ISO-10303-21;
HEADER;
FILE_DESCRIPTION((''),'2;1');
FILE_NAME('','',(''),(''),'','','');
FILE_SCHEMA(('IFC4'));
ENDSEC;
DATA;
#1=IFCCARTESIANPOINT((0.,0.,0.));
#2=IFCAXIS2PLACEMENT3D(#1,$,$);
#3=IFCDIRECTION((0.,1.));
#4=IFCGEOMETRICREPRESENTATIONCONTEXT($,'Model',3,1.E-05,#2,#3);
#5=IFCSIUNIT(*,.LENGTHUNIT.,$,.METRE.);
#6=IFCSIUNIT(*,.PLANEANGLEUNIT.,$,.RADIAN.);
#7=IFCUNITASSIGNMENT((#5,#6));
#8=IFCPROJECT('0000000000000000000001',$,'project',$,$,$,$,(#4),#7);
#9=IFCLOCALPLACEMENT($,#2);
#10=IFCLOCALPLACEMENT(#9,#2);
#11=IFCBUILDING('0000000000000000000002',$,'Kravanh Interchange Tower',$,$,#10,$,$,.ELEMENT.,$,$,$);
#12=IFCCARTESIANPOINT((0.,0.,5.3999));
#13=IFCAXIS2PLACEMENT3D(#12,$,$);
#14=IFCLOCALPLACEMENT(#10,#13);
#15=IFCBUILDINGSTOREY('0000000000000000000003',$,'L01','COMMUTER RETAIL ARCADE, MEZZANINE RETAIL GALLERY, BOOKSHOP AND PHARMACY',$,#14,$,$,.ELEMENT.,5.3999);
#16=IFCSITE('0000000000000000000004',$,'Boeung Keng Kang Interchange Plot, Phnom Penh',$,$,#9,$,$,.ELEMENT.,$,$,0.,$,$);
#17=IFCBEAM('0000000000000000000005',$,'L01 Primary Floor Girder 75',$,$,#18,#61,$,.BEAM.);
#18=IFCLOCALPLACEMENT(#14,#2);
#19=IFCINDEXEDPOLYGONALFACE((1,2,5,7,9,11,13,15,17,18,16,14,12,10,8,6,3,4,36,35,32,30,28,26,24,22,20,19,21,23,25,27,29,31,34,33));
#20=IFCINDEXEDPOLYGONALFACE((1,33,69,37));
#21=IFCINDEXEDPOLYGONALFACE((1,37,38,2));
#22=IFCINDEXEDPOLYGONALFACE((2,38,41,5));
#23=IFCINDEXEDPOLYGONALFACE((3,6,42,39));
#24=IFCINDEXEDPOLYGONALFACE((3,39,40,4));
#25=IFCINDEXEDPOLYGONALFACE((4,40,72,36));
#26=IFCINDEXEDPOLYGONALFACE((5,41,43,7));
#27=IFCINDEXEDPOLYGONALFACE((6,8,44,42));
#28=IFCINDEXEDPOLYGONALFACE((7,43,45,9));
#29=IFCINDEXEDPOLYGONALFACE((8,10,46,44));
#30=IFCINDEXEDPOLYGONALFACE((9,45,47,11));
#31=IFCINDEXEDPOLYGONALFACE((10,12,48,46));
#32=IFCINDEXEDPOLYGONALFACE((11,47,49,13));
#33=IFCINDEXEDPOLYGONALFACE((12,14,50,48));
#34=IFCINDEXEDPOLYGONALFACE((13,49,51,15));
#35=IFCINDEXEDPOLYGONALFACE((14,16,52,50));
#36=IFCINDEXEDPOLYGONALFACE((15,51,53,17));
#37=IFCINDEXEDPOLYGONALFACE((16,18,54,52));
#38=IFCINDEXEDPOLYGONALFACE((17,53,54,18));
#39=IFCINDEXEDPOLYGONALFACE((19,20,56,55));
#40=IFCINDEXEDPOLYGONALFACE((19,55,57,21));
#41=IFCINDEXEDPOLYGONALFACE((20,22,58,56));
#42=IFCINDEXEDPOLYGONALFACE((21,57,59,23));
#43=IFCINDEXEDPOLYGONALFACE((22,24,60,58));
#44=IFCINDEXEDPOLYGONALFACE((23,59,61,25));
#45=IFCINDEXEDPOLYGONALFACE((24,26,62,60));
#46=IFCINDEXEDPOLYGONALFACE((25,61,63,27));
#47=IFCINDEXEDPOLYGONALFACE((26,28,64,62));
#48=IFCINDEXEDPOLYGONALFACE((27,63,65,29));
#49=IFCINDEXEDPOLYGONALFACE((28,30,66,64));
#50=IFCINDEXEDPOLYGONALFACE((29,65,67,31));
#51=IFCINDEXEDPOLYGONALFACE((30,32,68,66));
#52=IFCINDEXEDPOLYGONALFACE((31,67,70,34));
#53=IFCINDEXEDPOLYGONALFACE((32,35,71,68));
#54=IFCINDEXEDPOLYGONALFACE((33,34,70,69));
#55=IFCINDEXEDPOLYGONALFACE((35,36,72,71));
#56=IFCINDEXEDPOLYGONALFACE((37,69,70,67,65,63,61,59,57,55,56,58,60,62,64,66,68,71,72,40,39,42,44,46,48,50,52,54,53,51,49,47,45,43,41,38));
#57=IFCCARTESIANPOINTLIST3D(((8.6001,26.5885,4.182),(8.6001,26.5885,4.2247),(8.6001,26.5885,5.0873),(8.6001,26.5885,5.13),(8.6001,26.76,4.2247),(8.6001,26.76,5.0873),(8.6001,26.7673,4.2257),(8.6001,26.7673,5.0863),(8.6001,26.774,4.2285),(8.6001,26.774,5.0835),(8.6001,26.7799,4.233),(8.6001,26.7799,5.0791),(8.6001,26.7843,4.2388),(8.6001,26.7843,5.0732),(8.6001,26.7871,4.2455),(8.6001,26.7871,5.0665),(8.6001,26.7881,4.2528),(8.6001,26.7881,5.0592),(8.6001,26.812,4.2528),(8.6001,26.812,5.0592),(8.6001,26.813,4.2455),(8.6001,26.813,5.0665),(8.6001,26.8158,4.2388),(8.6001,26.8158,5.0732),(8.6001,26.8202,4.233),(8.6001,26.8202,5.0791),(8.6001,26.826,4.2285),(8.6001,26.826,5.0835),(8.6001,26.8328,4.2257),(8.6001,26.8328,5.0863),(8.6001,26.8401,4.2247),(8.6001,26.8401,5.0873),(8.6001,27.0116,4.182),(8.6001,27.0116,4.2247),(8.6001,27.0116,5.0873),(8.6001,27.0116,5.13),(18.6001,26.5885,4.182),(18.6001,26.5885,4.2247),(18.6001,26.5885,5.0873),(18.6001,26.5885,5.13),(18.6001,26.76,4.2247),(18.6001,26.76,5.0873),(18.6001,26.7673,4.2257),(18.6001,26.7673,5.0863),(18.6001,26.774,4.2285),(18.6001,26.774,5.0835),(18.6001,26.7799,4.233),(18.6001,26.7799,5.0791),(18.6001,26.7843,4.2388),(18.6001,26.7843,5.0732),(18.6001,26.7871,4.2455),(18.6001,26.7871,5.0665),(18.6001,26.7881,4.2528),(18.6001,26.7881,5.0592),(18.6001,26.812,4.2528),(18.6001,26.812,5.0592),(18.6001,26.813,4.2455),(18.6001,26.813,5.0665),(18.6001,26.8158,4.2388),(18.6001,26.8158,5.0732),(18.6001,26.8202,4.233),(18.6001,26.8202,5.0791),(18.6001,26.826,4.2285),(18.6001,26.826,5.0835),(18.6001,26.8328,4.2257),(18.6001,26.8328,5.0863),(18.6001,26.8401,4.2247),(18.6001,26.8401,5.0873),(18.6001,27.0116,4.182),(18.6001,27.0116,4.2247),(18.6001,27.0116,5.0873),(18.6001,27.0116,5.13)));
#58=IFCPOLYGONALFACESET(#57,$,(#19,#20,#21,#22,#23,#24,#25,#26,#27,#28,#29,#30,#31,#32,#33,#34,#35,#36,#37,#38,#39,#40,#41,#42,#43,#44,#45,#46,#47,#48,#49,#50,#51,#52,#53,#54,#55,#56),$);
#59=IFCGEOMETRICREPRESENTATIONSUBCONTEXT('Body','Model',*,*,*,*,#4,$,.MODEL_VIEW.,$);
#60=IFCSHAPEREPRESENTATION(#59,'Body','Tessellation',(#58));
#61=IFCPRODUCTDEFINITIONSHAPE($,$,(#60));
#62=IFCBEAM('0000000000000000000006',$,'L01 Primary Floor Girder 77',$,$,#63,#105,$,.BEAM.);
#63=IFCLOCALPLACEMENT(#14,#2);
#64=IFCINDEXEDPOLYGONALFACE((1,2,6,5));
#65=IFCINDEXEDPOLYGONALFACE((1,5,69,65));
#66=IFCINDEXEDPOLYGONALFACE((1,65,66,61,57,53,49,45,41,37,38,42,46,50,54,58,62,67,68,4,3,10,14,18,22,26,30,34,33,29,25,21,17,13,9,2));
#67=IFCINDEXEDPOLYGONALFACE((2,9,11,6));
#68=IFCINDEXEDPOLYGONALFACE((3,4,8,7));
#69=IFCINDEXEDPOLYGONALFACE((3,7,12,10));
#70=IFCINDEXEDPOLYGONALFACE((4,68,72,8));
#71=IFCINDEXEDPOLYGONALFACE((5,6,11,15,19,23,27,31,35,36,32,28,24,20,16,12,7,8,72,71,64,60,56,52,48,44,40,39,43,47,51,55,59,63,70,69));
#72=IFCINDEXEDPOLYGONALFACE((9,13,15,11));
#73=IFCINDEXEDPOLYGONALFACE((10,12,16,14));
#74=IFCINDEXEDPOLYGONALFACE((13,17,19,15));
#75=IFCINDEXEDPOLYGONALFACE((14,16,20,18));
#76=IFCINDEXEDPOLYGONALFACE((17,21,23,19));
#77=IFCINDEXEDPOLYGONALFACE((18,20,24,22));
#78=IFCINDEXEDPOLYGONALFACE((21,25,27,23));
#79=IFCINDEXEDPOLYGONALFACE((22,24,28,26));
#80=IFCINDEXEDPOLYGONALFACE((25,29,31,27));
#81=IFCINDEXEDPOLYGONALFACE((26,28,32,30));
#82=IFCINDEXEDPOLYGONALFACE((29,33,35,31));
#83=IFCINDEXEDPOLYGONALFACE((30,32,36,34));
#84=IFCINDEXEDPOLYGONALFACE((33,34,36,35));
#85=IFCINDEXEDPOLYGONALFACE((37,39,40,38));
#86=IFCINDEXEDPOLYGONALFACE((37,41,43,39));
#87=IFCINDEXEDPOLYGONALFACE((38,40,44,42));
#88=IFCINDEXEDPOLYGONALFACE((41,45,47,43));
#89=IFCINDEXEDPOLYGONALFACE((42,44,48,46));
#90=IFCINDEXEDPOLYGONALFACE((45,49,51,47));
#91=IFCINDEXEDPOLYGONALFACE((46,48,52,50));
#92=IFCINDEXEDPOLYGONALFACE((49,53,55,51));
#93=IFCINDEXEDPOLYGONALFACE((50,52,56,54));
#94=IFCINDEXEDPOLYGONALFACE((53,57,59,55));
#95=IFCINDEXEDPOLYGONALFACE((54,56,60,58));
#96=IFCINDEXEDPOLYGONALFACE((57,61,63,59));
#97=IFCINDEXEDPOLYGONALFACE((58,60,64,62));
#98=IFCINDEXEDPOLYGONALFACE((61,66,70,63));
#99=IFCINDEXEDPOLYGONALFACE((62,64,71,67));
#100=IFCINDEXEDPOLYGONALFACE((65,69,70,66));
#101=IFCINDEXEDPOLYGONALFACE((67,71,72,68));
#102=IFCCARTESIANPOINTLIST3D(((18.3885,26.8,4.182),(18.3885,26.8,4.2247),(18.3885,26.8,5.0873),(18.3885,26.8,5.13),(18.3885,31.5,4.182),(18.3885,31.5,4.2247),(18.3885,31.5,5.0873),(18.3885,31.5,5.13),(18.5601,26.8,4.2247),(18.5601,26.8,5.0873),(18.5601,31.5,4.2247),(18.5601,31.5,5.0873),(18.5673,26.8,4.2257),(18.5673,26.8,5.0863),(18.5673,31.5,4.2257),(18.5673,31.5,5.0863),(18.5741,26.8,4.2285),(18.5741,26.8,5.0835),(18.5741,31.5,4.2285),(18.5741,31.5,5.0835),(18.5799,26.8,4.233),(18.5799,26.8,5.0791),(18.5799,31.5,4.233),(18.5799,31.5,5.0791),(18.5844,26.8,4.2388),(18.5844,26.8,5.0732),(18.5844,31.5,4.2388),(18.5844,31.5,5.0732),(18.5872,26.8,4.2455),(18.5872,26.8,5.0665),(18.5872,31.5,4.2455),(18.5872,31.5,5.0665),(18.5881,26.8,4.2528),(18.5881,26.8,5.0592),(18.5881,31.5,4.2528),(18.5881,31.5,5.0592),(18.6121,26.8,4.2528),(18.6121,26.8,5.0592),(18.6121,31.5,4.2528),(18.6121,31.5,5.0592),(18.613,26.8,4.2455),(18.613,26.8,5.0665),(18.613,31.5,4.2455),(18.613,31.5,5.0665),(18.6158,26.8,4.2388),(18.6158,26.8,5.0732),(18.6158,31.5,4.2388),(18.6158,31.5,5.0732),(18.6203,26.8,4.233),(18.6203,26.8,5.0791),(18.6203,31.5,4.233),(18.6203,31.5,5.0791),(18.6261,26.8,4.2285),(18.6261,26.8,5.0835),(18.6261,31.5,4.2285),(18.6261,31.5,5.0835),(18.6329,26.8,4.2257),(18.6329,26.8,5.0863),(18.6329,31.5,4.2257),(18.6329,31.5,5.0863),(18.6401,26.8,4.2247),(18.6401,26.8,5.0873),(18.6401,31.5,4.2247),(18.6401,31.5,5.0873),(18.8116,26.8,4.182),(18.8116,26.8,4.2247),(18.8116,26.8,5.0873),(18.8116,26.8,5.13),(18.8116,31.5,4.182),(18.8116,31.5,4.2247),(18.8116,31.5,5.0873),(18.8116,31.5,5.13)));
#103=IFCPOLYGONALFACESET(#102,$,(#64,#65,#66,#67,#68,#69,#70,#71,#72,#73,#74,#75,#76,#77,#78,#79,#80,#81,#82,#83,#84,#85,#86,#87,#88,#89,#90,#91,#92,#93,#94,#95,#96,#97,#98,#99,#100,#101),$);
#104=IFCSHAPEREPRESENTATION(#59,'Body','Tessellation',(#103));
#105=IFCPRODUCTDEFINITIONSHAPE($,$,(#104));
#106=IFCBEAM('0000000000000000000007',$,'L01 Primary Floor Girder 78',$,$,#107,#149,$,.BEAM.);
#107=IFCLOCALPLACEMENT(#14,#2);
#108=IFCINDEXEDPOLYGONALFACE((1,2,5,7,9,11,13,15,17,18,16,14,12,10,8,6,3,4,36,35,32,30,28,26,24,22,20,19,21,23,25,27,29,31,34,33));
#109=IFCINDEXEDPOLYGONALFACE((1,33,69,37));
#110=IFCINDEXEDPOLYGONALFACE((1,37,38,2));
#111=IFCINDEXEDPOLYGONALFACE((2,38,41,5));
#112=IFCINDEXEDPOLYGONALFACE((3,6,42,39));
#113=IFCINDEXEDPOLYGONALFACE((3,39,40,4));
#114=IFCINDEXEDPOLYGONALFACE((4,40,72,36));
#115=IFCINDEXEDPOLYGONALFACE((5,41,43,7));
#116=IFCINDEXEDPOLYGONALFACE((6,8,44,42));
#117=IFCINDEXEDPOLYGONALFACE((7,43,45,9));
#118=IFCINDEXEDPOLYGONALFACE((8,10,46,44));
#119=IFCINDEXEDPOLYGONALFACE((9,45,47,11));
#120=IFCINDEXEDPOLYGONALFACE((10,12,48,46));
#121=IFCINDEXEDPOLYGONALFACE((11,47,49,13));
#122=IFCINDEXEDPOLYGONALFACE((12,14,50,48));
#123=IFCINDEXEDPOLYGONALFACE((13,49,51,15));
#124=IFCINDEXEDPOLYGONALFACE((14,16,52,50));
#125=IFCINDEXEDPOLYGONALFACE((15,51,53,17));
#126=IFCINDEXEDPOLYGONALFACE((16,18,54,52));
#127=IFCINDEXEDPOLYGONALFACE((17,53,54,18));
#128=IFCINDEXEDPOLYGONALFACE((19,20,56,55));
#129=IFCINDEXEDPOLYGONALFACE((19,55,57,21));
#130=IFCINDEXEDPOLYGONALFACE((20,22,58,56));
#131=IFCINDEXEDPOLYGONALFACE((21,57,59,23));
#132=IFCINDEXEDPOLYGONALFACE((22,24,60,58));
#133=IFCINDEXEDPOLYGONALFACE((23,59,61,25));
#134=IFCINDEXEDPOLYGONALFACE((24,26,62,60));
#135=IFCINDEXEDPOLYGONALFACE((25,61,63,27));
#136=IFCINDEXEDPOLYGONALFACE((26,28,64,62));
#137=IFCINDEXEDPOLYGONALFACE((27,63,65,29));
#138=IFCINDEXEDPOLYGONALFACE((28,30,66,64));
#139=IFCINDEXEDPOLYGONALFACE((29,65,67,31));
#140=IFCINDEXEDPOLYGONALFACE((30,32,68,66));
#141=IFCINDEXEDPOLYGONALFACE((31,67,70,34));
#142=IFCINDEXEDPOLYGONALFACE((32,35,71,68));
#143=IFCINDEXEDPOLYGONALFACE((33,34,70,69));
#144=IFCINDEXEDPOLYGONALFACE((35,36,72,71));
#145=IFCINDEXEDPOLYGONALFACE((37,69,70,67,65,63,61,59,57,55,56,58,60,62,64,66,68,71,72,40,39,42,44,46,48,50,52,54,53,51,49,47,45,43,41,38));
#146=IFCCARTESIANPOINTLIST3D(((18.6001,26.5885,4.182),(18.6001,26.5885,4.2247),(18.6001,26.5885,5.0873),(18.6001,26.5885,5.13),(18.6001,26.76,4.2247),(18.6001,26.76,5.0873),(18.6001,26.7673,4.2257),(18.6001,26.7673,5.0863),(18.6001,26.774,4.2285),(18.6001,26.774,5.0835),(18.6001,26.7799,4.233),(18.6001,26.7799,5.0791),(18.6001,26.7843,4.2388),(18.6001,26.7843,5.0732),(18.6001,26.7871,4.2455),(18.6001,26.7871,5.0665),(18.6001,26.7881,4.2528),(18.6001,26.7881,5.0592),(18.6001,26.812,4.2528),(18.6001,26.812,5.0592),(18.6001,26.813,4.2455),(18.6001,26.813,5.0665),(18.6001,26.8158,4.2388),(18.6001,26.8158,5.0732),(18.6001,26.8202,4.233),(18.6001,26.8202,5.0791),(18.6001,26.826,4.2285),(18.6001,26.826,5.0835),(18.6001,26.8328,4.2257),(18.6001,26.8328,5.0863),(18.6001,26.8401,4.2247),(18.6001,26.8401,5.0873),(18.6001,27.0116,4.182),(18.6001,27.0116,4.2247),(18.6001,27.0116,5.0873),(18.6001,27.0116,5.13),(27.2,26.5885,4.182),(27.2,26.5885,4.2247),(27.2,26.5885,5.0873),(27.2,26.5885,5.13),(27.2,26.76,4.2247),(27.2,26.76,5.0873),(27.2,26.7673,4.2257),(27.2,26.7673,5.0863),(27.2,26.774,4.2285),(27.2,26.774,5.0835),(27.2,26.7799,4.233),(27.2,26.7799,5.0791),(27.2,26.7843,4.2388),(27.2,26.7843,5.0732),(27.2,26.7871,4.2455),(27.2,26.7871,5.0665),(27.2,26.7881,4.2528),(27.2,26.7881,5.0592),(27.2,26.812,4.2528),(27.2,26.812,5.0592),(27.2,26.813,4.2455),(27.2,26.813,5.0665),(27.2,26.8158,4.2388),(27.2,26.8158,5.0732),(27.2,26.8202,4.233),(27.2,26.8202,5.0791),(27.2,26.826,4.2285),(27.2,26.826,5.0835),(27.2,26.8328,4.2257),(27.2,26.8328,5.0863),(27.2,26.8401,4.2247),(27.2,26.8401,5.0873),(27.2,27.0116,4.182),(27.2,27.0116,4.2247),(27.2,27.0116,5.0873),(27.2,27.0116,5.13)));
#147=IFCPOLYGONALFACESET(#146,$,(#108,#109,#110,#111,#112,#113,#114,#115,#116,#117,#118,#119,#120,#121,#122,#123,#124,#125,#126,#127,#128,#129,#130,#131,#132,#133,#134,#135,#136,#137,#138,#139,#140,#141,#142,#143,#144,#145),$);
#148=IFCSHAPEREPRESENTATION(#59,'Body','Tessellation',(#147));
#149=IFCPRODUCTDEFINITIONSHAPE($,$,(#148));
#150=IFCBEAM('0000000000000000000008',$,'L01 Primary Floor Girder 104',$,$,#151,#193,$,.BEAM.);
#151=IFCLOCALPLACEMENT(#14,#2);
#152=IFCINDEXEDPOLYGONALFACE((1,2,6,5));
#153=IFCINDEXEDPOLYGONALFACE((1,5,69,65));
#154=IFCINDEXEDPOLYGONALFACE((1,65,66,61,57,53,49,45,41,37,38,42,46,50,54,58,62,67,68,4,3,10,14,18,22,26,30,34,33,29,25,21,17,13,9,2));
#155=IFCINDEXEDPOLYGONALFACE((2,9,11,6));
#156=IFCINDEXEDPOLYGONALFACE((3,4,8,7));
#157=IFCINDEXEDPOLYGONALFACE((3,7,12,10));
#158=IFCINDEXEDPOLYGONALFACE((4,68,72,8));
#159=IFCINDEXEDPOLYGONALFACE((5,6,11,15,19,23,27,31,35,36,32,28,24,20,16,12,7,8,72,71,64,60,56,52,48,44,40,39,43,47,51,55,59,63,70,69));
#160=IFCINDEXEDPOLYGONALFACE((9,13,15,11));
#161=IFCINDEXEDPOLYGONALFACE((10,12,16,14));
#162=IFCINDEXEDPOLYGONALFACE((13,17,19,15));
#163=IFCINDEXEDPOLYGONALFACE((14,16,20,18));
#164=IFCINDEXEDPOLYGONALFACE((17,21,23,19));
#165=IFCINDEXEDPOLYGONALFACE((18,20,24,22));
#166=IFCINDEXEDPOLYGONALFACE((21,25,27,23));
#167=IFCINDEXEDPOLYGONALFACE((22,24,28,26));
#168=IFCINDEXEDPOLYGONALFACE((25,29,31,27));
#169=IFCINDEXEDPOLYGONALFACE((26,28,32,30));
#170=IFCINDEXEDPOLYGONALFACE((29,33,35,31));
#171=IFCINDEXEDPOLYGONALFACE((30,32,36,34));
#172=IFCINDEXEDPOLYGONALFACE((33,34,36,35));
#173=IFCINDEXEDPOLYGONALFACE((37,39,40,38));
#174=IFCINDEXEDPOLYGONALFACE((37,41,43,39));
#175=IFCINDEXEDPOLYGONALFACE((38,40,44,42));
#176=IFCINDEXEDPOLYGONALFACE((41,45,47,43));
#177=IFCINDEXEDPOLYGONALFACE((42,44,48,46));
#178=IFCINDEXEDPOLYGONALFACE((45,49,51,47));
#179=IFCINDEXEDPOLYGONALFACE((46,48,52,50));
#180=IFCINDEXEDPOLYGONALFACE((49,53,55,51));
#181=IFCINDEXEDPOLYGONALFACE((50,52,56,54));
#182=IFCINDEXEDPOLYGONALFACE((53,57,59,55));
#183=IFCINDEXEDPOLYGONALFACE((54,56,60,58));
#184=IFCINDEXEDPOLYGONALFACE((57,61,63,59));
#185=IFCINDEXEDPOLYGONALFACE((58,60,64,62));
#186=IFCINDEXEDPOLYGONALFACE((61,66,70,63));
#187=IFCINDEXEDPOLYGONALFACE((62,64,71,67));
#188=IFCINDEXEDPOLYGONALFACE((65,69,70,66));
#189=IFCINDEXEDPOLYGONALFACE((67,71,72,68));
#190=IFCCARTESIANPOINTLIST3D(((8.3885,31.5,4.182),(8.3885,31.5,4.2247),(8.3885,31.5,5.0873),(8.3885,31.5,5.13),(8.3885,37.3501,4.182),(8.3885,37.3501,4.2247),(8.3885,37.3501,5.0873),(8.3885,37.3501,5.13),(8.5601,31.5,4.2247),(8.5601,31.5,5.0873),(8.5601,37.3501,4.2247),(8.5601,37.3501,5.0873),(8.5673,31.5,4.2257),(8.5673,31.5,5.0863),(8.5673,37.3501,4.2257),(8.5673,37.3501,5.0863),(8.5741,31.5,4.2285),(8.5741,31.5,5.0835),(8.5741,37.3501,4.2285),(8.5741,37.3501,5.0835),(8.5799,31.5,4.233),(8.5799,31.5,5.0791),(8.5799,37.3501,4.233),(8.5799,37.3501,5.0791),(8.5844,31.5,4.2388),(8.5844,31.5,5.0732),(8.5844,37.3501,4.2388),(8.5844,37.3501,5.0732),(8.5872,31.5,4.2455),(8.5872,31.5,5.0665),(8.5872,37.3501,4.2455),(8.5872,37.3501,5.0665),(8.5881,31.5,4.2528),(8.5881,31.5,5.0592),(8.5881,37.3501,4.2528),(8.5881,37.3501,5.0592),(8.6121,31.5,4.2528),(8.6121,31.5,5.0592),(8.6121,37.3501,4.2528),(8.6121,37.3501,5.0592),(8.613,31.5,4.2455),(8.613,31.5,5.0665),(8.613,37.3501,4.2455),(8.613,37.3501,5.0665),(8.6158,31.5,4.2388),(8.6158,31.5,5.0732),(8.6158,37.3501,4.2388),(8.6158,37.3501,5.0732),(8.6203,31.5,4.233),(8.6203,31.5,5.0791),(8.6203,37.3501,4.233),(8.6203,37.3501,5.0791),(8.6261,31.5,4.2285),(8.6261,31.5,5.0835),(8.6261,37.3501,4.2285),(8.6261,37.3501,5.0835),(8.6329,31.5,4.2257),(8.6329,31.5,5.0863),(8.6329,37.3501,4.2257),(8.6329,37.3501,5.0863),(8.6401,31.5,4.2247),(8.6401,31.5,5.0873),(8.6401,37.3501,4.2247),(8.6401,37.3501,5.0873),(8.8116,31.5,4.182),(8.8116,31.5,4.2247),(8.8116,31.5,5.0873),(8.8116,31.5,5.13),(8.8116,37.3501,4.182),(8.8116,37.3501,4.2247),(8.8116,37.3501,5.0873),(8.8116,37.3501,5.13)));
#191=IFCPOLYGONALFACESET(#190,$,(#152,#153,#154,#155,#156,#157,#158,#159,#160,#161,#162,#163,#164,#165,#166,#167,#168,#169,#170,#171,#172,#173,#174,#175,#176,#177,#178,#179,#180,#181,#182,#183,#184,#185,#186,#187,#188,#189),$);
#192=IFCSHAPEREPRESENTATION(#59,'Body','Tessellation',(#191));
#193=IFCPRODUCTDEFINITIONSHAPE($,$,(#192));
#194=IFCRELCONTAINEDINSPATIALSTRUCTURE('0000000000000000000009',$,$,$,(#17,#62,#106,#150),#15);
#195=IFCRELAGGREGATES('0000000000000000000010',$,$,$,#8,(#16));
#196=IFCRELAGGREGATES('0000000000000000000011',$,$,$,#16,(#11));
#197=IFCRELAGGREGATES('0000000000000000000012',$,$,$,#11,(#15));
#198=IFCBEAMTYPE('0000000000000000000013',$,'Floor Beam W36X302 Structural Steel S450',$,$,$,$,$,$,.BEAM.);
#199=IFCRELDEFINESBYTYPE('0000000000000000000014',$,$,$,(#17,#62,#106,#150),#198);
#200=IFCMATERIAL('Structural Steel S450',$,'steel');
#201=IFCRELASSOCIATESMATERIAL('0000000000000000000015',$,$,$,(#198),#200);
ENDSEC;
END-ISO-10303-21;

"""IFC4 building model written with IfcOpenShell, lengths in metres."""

from ifc_helpers import new_model, si_unit, direction, frame, origin, origin_2d, place, context, subcontext, project, spatial, i_section, extrude, material, material_profile, profile_set, type_object, element, save


model = new_model("IFC4")

# Units and contexts
model_context = context("Model", 3, precision=1e-05, world=origin(), true_north=direction((0.0, 1.0)))
body_context = subcontext(model_context, "Body", "Model", "MODEL_VIEW")
ifc_project = project(units=[si_unit("LENGTHUNIT", "METRE"), si_unit("PLANEANGLEUNIT", "RADIAN")], contexts=[model_context])

# Site, building, storey
site_placement = place(None, origin())
site = spatial("IfcSite", under=ifc_project, at=site_placement, Name="Boeung Keng Kang Interchange Plot, Phnom Penh", CompositionType="ELEMENT", RefElevation=0.0)
building_placement = place(site_placement, origin())
building = spatial("IfcBuilding", under=site, at=building_placement, Name="Kravanh Interchange Tower", CompositionType="ELEMENT")
storey_placement = place(building_placement, frame((0.0, 0.0, 5.3999)))
storey = spatial("IfcBuildingStorey", under=building, at=storey_placement, Name="L01", Description="COMMUTER RETAIL ARCADE, MEZZANINE RETAIL GALLERY, BOOKSHOP AND PHARMACY", CompositionType="ELEMENT", Elevation=5.3999)

# Beams
ifc_material_1 = material(Name="Structural Steel S450", Category="steel")
ifc_material_profile_1 = material_profile(ifc_material_1, i_section(OverallWidth=0.4231, OverallDepth=0.948, WebThickness=0.0239, FlangeThickness=0.0427, FilletRadius=0.0281, at=origin_2d()), Name="W36X302")
ifc_profile_set_1 = profile_set([ifc_material_profile_1], Name="Structural Steel S450")
beam_type_1 = type_object("IfcBeamType", Name="Floor Beam W36X302 Structural Steel S450", PredefinedType="BEAM", material=ifc_profile_set_1)
beam_1_placement = place(storey_placement, frame((8.6001, 26.8, 4.656), z_axis=(1.0, 0.0, 0.0), x_axis=(0.0, 1.0, 0.0)))
element("IfcBeam", 1, at=beam_1_placement, inside=storey, type_object=beam_type_1, Name="L01 Primary Floor Girder 75", PredefinedType="BEAM", context=body_context, shape_type="SweptSolid", body=[
    extrude(i_section(OverallWidth=0.4231, OverallDepth=0.948, WebThickness=0.0239, FlangeThickness=0.0427, FilletRadius=0.0281, at=origin_2d()), origin(), (0.0, 0.0, 1.0), 10.0),
])
beam_2_placement = place(storey_placement, frame((18.6001, 26.8, 4.656), z_axis=(0.0, 1.0, 0.0), x_axis=(-1.0, 0.0, 0.0)))
element("IfcBeam", 2, at=beam_2_placement, inside=storey, type_object=beam_type_1, Name="L01 Primary Floor Girder 77", PredefinedType="BEAM", context=body_context, shape_type="SweptSolid", body=[
    extrude(i_section(OverallWidth=0.4231, OverallDepth=0.948, WebThickness=0.0239, FlangeThickness=0.0427, FilletRadius=0.0281, at=origin_2d()), origin(), (0.0, 0.0, 1.0), 4.7),
])
beam_3_placement = place(storey_placement, frame((18.6001, 26.8, 4.656), z_axis=(1.0, 0.0, 0.0), x_axis=(0.0, 1.0, 0.0)))
element("IfcBeam", 3, at=beam_3_placement, inside=storey, type_object=beam_type_1, Name="L01 Primary Floor Girder 78", PredefinedType="BEAM", context=body_context, shape_type="SweptSolid", body=[
    extrude(i_section(OverallWidth=0.4231, OverallDepth=0.948, WebThickness=0.0239, FlangeThickness=0.0427, FilletRadius=0.0281, at=origin_2d()), origin(), (0.0, 0.0, 1.0), 8.5999),
])
beam_4_placement = place(storey_placement, frame((8.6001, 31.5, 4.656), z_axis=(0.0, 1.0, 0.0), x_axis=(-1.0, 0.0, 0.0)))
element("IfcBeam", 4, at=beam_4_placement, inside=storey, type_object=beam_type_1, Name="L01 Primary Floor Girder 104", PredefinedType="BEAM", context=body_context, shape_type="SweptSolid", body=[
    extrude(i_section(OverallWidth=0.4231, OverallDepth=0.948, WebThickness=0.0239, FlangeThickness=0.0427, FilletRadius=0.0281, at=origin_2d()), origin(), (0.0, 0.0, 1.0), 5.8501),
])

save(model, "model.ifc")
